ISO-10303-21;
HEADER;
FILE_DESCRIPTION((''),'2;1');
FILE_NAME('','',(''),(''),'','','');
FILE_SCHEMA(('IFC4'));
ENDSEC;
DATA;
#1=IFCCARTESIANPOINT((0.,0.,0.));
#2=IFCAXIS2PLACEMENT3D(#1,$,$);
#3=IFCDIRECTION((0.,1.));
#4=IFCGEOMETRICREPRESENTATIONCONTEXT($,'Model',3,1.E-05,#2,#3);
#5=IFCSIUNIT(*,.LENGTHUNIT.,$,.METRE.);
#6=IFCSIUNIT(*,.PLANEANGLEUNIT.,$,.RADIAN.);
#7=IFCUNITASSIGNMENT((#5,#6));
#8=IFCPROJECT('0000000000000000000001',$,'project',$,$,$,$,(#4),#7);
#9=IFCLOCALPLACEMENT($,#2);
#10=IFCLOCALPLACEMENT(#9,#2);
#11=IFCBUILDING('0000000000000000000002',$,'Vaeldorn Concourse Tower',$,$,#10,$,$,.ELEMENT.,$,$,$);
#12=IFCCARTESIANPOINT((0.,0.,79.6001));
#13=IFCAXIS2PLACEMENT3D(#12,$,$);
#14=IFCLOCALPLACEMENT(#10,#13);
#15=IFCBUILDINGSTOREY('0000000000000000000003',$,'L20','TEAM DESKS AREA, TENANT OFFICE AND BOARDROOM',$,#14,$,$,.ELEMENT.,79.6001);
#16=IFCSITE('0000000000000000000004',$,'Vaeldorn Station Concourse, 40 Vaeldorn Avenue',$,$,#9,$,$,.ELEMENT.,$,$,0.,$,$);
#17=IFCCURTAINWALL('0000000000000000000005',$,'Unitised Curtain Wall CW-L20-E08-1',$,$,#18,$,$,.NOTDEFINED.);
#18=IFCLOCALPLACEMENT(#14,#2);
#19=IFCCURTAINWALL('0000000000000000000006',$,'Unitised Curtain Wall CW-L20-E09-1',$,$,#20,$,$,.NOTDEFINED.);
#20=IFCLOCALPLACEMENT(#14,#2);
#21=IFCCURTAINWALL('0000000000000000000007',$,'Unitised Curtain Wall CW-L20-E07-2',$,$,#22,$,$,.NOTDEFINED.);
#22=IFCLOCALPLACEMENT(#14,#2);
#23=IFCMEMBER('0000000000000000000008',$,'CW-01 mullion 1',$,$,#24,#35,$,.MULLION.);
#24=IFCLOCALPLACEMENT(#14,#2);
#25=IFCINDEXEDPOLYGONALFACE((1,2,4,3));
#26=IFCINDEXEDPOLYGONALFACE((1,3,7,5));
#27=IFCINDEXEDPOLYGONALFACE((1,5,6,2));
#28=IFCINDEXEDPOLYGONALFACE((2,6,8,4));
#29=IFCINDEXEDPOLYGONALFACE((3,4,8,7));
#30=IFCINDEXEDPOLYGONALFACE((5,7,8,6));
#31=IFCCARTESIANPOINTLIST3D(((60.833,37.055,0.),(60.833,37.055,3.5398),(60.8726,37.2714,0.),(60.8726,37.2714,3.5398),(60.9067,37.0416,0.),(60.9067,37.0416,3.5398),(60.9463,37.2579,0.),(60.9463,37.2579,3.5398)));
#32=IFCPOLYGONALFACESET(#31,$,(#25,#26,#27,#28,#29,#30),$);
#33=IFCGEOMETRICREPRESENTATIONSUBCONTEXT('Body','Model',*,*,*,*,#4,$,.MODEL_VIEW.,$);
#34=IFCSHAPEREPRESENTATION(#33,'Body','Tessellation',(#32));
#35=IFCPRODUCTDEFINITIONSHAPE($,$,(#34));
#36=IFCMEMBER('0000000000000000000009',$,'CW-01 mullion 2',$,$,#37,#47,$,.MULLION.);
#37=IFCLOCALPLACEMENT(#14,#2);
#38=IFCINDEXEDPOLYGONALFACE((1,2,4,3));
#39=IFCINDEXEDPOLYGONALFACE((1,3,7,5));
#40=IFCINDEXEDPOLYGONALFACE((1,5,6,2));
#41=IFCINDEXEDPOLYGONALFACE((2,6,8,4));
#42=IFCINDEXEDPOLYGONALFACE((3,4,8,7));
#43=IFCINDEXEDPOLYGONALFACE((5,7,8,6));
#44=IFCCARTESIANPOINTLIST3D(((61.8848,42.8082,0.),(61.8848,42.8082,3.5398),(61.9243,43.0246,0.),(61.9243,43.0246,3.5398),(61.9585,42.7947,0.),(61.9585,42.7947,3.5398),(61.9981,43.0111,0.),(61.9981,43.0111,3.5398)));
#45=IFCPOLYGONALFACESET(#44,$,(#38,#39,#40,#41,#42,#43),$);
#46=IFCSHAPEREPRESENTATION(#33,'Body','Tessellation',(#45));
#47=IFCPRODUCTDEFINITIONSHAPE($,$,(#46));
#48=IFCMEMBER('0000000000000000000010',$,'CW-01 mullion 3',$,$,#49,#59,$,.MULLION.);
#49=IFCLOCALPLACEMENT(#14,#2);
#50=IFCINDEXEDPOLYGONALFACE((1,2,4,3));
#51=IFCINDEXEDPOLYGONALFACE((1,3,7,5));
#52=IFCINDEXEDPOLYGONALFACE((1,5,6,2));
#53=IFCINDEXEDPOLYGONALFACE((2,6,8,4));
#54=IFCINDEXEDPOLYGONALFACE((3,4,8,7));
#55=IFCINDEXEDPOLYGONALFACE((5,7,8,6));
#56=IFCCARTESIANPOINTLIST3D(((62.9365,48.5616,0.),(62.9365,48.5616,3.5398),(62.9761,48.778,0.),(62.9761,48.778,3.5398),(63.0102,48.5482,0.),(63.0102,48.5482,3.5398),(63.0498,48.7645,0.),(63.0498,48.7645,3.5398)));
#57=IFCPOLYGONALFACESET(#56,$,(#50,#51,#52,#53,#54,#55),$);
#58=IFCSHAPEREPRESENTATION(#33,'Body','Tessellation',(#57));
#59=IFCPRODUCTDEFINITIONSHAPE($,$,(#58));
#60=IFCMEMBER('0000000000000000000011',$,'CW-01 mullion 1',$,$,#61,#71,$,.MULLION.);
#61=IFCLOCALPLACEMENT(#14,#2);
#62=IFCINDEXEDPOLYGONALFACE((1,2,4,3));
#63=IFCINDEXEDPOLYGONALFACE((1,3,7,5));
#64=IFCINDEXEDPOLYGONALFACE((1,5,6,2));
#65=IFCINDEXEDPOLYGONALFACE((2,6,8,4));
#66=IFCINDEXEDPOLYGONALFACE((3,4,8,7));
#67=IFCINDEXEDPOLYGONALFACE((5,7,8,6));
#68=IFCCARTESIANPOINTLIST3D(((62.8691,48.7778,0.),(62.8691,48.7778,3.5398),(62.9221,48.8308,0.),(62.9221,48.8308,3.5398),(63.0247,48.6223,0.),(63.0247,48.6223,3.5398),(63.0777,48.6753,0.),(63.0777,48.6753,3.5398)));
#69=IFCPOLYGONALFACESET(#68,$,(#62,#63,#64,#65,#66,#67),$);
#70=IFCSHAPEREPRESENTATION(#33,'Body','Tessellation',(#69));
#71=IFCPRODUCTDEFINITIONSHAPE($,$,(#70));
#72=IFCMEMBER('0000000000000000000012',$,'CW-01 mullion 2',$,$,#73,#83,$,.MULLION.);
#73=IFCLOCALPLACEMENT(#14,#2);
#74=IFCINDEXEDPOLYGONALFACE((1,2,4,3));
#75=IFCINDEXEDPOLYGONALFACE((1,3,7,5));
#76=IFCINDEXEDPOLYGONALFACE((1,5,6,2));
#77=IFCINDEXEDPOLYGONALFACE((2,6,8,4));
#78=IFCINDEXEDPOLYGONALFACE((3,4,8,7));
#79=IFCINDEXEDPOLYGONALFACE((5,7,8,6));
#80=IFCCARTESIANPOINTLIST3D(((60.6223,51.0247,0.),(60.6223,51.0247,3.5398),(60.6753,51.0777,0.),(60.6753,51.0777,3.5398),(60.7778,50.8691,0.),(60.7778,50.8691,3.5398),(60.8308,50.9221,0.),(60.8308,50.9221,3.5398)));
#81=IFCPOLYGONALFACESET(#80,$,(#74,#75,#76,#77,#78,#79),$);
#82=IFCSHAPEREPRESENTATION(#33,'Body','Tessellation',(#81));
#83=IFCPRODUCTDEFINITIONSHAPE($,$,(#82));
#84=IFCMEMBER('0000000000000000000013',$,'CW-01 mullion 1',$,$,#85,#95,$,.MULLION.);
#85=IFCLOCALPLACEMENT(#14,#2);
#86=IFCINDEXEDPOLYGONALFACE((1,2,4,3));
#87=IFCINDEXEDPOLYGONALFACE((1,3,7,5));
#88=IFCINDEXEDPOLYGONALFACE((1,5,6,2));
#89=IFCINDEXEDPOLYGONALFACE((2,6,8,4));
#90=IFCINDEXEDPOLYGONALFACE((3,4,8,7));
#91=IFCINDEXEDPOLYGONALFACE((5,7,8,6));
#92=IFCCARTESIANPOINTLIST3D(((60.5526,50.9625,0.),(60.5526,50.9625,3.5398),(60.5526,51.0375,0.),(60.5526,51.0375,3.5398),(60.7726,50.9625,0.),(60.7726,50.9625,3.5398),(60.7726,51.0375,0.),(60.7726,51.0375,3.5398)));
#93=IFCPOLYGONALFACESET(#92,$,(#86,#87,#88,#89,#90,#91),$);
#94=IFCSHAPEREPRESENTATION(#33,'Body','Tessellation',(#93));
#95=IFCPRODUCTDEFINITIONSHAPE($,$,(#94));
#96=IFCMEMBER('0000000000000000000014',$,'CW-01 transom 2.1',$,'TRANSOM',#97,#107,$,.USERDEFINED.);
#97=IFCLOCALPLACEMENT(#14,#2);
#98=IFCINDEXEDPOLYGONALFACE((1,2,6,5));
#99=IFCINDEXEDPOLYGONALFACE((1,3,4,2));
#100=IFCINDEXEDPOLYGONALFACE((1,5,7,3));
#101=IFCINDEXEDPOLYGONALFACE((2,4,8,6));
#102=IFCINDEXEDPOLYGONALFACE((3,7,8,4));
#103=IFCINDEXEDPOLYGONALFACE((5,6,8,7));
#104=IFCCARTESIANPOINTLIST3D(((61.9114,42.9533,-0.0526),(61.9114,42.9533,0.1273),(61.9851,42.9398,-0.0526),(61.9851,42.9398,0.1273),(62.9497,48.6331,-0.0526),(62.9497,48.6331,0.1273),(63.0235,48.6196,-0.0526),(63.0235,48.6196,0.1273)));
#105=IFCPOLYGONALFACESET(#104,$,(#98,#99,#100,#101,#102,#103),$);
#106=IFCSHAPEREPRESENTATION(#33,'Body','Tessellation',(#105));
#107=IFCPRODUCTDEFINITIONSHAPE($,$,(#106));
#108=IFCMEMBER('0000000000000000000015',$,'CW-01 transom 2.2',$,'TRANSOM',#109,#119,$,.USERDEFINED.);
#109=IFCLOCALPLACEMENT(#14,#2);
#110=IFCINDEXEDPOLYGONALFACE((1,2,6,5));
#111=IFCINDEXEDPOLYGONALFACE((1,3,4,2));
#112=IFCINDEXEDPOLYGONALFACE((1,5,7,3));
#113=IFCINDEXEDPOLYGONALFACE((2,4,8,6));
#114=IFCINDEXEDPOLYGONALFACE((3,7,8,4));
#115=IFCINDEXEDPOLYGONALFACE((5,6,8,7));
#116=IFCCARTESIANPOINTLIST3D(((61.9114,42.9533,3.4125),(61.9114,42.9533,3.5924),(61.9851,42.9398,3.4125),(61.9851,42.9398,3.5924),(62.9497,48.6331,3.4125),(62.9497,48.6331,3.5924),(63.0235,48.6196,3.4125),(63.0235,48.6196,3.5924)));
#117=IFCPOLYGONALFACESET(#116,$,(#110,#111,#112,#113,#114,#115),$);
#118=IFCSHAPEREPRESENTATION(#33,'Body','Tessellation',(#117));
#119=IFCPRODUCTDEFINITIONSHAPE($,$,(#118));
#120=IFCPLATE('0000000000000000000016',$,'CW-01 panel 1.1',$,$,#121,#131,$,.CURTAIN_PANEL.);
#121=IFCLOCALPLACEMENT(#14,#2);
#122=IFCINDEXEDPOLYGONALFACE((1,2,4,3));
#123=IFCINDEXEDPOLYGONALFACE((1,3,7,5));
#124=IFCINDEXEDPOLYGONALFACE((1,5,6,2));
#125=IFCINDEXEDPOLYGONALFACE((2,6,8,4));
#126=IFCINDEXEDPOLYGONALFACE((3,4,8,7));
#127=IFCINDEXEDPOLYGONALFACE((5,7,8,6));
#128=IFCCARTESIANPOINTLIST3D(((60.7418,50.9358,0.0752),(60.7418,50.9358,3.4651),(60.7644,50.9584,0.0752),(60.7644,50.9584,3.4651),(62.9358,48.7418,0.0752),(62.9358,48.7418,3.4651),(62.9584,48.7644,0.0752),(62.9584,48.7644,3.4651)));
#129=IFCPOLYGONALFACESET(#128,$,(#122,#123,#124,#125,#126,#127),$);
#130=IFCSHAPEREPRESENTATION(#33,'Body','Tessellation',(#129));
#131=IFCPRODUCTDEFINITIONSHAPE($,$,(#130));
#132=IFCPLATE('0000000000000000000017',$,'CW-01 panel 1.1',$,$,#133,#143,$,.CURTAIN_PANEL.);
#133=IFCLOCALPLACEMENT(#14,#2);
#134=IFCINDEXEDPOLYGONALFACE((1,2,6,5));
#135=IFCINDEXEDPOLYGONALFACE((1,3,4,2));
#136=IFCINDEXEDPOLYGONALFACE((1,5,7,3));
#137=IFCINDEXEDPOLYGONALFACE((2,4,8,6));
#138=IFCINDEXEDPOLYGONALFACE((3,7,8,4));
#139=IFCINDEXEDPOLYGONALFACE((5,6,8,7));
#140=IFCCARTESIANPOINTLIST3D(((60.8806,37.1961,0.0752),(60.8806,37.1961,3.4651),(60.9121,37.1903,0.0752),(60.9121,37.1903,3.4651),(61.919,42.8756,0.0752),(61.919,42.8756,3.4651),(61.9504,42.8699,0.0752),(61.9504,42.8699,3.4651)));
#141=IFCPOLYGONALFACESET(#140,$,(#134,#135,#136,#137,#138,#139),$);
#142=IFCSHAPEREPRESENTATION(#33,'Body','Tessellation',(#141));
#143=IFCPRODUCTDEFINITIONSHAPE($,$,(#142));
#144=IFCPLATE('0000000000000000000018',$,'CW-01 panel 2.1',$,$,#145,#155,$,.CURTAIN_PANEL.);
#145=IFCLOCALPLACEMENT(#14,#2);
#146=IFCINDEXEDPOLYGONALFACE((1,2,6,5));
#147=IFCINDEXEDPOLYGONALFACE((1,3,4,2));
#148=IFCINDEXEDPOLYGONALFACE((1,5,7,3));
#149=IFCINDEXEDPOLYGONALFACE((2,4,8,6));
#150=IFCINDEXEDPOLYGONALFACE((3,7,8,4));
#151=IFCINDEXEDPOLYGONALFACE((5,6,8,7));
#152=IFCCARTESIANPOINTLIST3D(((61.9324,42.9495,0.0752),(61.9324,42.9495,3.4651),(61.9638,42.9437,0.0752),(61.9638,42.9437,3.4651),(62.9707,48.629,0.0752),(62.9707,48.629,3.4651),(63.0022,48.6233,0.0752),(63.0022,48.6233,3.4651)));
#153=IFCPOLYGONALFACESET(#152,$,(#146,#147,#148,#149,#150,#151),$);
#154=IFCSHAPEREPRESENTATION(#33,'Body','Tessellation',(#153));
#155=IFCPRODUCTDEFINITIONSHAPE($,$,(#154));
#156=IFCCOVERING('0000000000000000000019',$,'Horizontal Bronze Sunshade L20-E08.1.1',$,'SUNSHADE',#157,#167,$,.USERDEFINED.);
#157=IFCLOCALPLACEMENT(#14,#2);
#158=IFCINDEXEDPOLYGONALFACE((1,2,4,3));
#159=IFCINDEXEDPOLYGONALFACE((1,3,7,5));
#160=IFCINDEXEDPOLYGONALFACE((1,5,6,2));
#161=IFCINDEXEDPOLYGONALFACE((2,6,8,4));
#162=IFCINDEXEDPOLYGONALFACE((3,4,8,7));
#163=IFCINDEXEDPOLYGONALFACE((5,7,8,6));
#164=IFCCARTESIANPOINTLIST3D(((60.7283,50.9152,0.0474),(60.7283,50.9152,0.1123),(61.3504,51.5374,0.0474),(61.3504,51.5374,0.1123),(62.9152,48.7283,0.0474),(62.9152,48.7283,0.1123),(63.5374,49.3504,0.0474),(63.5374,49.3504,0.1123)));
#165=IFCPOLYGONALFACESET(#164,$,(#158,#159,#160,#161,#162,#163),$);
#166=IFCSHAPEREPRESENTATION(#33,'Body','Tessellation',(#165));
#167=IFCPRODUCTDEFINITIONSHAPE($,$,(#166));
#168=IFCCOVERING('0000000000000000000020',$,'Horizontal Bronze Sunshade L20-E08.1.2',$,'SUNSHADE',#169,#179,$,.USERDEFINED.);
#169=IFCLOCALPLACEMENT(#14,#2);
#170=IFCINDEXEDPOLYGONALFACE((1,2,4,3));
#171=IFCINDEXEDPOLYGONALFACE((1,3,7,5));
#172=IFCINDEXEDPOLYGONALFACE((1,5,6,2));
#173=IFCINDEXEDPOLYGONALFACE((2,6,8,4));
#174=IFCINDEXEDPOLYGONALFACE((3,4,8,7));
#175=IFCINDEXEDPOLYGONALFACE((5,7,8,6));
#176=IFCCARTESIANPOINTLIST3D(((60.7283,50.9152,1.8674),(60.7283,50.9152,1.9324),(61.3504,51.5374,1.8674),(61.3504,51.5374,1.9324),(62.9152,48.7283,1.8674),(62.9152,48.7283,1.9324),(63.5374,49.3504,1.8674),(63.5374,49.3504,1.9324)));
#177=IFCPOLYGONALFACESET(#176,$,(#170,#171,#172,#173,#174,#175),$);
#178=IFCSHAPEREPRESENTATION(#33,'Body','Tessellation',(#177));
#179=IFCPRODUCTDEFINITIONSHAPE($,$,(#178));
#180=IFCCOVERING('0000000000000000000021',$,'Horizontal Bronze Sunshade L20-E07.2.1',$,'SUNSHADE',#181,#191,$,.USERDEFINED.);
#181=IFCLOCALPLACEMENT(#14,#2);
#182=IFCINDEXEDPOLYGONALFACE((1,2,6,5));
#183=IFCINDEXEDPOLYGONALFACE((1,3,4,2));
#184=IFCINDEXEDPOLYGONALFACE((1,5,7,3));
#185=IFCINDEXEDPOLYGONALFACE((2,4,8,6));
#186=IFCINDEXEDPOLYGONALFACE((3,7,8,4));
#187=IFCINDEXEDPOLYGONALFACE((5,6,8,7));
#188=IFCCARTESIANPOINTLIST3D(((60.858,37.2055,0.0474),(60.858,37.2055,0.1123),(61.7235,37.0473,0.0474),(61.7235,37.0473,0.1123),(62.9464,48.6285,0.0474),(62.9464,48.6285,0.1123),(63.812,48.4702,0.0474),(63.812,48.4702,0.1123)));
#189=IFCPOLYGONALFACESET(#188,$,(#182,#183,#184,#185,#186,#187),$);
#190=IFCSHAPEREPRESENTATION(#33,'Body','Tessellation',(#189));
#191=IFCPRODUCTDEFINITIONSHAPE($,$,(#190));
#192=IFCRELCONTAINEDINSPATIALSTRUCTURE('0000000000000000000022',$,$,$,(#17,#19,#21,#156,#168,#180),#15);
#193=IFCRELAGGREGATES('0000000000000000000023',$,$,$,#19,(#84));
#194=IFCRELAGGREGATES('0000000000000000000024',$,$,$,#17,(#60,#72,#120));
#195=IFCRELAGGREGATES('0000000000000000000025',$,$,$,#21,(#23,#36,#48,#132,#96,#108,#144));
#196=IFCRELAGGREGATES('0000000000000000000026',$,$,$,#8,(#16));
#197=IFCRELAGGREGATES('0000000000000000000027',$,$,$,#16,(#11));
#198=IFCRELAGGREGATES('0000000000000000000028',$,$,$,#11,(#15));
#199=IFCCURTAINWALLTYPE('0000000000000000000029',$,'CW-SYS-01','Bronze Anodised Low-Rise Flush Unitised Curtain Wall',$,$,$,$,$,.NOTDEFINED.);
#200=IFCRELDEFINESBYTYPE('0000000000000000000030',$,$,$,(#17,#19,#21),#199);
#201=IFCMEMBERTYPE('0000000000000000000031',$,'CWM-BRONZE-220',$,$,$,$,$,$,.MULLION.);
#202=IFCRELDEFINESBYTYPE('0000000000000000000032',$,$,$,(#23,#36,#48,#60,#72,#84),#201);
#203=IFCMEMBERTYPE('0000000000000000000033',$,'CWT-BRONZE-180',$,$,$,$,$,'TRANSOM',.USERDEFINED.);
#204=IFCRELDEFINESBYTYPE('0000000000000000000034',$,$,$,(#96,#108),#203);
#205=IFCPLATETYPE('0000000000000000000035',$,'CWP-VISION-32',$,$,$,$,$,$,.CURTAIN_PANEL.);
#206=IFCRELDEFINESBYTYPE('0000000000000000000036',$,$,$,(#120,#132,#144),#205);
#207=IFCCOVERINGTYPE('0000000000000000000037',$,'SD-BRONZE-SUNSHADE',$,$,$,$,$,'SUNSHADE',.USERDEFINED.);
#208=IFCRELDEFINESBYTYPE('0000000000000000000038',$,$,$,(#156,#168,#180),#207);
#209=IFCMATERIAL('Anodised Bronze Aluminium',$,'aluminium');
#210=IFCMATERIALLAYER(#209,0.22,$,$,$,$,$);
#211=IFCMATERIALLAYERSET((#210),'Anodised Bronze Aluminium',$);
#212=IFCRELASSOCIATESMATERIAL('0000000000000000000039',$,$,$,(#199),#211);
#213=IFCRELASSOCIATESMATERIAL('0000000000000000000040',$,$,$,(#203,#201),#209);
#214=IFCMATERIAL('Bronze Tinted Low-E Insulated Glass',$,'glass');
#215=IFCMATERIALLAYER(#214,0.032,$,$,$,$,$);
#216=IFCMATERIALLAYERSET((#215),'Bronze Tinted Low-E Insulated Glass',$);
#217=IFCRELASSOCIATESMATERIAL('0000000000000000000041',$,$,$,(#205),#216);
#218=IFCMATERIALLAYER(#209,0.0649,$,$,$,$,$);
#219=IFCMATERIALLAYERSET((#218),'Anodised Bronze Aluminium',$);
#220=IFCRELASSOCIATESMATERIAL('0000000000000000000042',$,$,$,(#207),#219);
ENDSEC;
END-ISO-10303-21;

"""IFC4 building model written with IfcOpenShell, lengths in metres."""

from ifc_helpers import new_model, si_unit, direction, frame, origin, origin_2d, place, context, subcontext, project, spatial, rectangle, extrude, source, transform, mapped, material, layer, layer_set, material_profile, profile_set, type_object, element, aggregate, save


model = new_model("IFC4")

# Units and contexts
model_context = context("Model", 3, precision=1e-05, world=origin(), true_north=direction((0.0, 1.0)))
body_context = subcontext(model_context, "Body", "Model", "MODEL_VIEW")
ifc_project = project(units=[si_unit("LENGTHUNIT", "METRE"), si_unit("PLANEANGLEUNIT", "RADIAN")], contexts=[model_context])

# Site, building, storey
site_placement = place(None, origin())
site = spatial("IfcSite", under=ifc_project, at=site_placement, Name="Vaeldorn Station Concourse, 40 Vaeldorn Avenue", CompositionType="ELEMENT", RefElevation=0.0)
building_placement = place(site_placement, origin())
building = spatial("IfcBuilding", under=site, at=building_placement, Name="Vaeldorn Concourse Tower", CompositionType="ELEMENT")
storey_placement = place(building_placement, frame((0.0, 0.0, 79.6001)))
storey = spatial("IfcBuildingStorey", under=building, at=storey_placement, Name="L20", Description="TEAM DESKS AREA, TENANT OFFICE AND BOARDROOM", CompositionType="ELEMENT", Elevation=79.6001)

# Curtain walls, members
ifc_material_1 = material(Name="Anodised Bronze Aluminium", Category="aluminium")
ifc_layer_1 = layer(ifc_material_1, 0.22)
ifc_layer_set_1 = layer_set([ifc_layer_1], Name="Anodised Bronze Aluminium")
curtain_wall_type = type_object("IfcCurtainWallType", Name="CW-SYS-01", Description="Bronze Anodised Low-Rise Flush Unitised Curtain Wall", PredefinedType="NOTDEFINED", material=ifc_layer_set_1)
curtain_wall_1_placement = place(storey_placement, origin())
curtain_wall_1 = element("IfcCurtainWall", 1, at=curtain_wall_1_placement, inside=storey, type_object=curtain_wall_type, Name="Unitised Curtain Wall CW-L20-E08-1", PredefinedType="NOTDEFINED")
ifc_material_profile_1 = material_profile(ifc_material_1, rectangle(XDim=0.075, YDim=0.1799, at=origin_2d()), Name="CWT 75x180")
ifc_profile_set_1 = profile_set([ifc_material_profile_1], Name="Anodised Bronze Aluminium")
member_type_1 = type_object("IfcMemberType", Name="CWT-BRONZE-180", ElementType="TRANSOM", PredefinedType="USERDEFINED", material=ifc_profile_set_1)
curtain_wall_2_placement = place(storey_placement, origin())
curtain_wall_2 = element("IfcCurtainWall", 2, at=curtain_wall_2_placement, inside=storey, type_object=curtain_wall_type, Name="Unitised Curtain Wall CW-L20-E09-1", PredefinedType="NOTDEFINED")
curtain_wall_3_placement = place(storey_placement, origin())
curtain_wall_3 = element("IfcCurtainWall", 3, at=curtain_wall_3_placement, inside=storey, type_object=curtain_wall_type, Name="Unitised Curtain Wall CW-L20-E07-2", PredefinedType="NOTDEFINED")
ifc_material_profile_2 = material_profile(ifc_material_1, rectangle(XDim=0.075, YDim=0.22, at=origin_2d()), Name="CWM 75x220")
ifc_profile_set_2 = profile_set([ifc_material_profile_2], Name="Anodised Bronze Aluminium")
member_type_2 = type_object("IfcMemberType", Name="CWM-BRONZE-220", PredefinedType="MULLION", material=ifc_profile_set_2)
shared_shape_1 = source(origin(), body_context, "Body", "SweptSolid", [
    extrude(rectangle(XDim=0.075, YDim=0.22, at=origin_2d()), origin(), (0.0, 0.0, 1.0), 3.5398),
])
member_1_placement = place(storey_placement, frame((60.8896, 37.1565, 0.0), z_axis=(0.0, 0.0, 1.0), x_axis=(-0.983695, 0.179844, 0.0)))
member_1 = element("IfcMember", 4, at=member_1_placement, type_object=member_type_2, Name="CW-01 mullion 1", PredefinedType="MULLION", context=body_context, shape_type="MappedRepresentation", body=[
    mapped(shared_shape_1, transform((0.0, 0.0, 0.0), scale=1.0)),
])
member_2_placement = place(storey_placement, frame((61.9414, 42.9097, 0.0), z_axis=(0.0, 0.0, 1.0), x_axis=(-0.983695, 0.179844, 0.0)))
member_2 = element("IfcMember", 5, at=member_2_placement, type_object=member_type_2, Name="CW-01 mullion 2", PredefinedType="MULLION", context=body_context, shape_type="MappedRepresentation", body=[
    mapped(shared_shape_1, transform((0.0, 0.0, 0.0), scale=1.0)),
])
member_3_placement = place(storey_placement, frame((62.9932, 48.6631, 0.0), z_axis=(0.0, 0.0, 1.0), x_axis=(-0.983695, 0.179844, 0.0)))
member_3 = element("IfcMember", 6, at=member_3_placement, type_object=member_type_2, Name="CW-01 mullion 3", PredefinedType="MULLION", context=body_context, shape_type="MappedRepresentation", body=[
    mapped(shared_shape_1, transform((0.0, 0.0, 0.0), scale=1.0)),
])

# Members
member_4_placement = place(storey_placement, frame((62.9734, 48.7266, 0.0), z_axis=(0.0, 0.0, 1.0), x_axis=(-0.707107, -0.707107, 0.0)))
member_4 = element("IfcMember", 7, at=member_4_placement, type_object=member_type_2, Name="CW-01 mullion 1", PredefinedType="MULLION", context=body_context, shape_type="MappedRepresentation", body=[
    mapped(shared_shape_1, transform((0.0, 0.0, 0.0), scale=1.0)),
])
member_5_placement = place(storey_placement, frame((60.7266, 50.9734, 0.0), z_axis=(0.0, 0.0, 1.0), x_axis=(-0.707107, -0.707107, 0.0)))
member_5 = element("IfcMember", 8, at=member_5_placement, type_object=member_type_2, Name="CW-01 mullion 2", PredefinedType="MULLION", context=body_context, shape_type="MappedRepresentation", body=[
    mapped(shared_shape_1, transform((0.0, 0.0, 0.0), scale=1.0)),
])
member_6_placement = place(storey_placement, frame((60.6626, 51.0, 0.0), z_axis=(0.0, 0.0, 1.0), x_axis=(0.0, -1.0, 0.0)))
member_6 = element("IfcMember", 9, at=member_6_placement, type_object=member_type_2, Name="CW-01 mullion 1", PredefinedType="MULLION", context=body_context, shape_type="MappedRepresentation", body=[
    mapped(shared_shape_1, transform((0.0, 0.0, 0.0), scale=1.0)),
])
aggregate(curtain_wall_2, [member_6])
shared_shape_2 = source(origin(), body_context, "Body", "SweptSolid", [
    extrude(rectangle(XDim=0.075, YDim=0.1799, at=origin_2d()), origin(), (0.0, 0.0, 1.0), 5.7739),
])
member_7_placement = place(storey_placement, frame((61.9482, 42.9465, 0.0374), z_axis=(0.179834, 0.983697, 0.0), x_axis=(-0.983697, 0.179834, 0.0)))
member_7 = element("IfcMember", 10, at=member_7_placement, type_object=member_type_1, Name="CW-01 transom 2.1", ObjectType="TRANSOM", PredefinedType="USERDEFINED", context=body_context, shape_type="MappedRepresentation", body=[
    mapped(shared_shape_2, transform((0.0, 0.0, 0.0), scale=1.0)),
])
member_8_placement = place(storey_placement, frame((61.9482, 42.9465, 3.5024), z_axis=(0.179834, 0.983697, 0.0), x_axis=(-0.983697, 0.179834, 0.0)))
member_8 = element("IfcMember", 11, at=member_8_placement, type_object=member_type_1, Name="CW-01 transom 2.2", ObjectType="TRANSOM", PredefinedType="USERDEFINED", context=body_context, shape_type="MappedRepresentation", body=[
    mapped(shared_shape_2, transform((0.0, 0.0, 0.0), scale=1.0)),
])

# Plates
ifc_material_2 = material(Name="Bronze Tinted Low-E Insulated Glass", Category="glass")
ifc_layer_2 = layer(ifc_material_2, 0.032)
ifc_layer_set_2 = layer_set([ifc_layer_2], Name="Bronze Tinted Low-E Insulated Glass")
plate_type = type_object("IfcPlateType", Name="CWP-VISION-32", PredefinedType="CURTAIN_PANEL", material=ifc_layer_set_2)
shared_shape_3 = source(origin(), body_context, "Body", "SweptSolid", [
    extrude(rectangle(XDim=3.1028, YDim=0.032, at=origin_2d()), origin(), (0.0, 0.0, 1.0), 3.3899),
])
plate_1_placement = place(storey_placement, frame((61.8501, 49.8501, 0.0752), z_axis=(0.0, 0.0, 1.0), x_axis=(-0.707107, 0.707107, 0.0)))
plate_1 = element("IfcPlate", 12, at=plate_1_placement, type_object=plate_type, Name="CW-01 panel 1.1", PredefinedType="CURTAIN_PANEL", context=body_context, shape_type="MappedRepresentation", body=[
    mapped(shared_shape_3, transform((0.0, 0.0, 0.0), scale=1.0)),
])
aggregate(curtain_wall_1, [member_4, member_5, plate_1])
shared_shape_4 = source(origin(), body_context, "Body", "SweptSolid", [
    extrude(rectangle(XDim=5.7737, YDim=0.032, at=origin_2d()), origin(), (0.0, 0.0, 1.0), 3.3899),
])
plate_2_placement = place(storey_placement, frame((61.4155, 40.033, 0.0752), z_axis=(0.0, 0.0, 1.0), x_axis=(0.179844, 0.983695, 0.0)))
plate_2 = element("IfcPlate", 13, at=plate_2_placement, type_object=plate_type, Name="CW-01 panel 1.1", PredefinedType="CURTAIN_PANEL", context=body_context, shape_type="MappedRepresentation", body=[
    mapped(shared_shape_4, transform((0.0, 0.0, 0.0), scale=1.0)),
])
plate_3_placement = place(storey_placement, frame((62.4673, 45.7864, 0.0752), z_axis=(0.0, 0.0, 1.0), x_axis=(0.179844, 0.983695, 0.0)))
plate_3 = element("IfcPlate", 14, at=plate_3_placement, type_object=plate_type, Name="CW-01 panel 2.1", PredefinedType="CURTAIN_PANEL", context=body_context, shape_type="MappedRepresentation", body=[
    mapped(shared_shape_4, transform((0.0, 0.0, 0.0), scale=1.0)),
])
aggregate(curtain_wall_3, [member_1, member_2, member_3, plate_2, member_7, member_8, plate_3])

# Coverings
ifc_layer_3 = layer(ifc_material_1, 0.0649)
ifc_layer_set_3 = layer_set([ifc_layer_3], Name="Anodised Bronze Aluminium")
covering_type = type_object("IfcCoveringType", Name="SD-BRONZE-SUNSHADE", ElementType="SUNSHADE", PredefinedType="USERDEFINED", material=ifc_layer_set_3)
shared_shape_5 = source(origin(), body_context, "Body", "SweptSolid", [
    extrude(rectangle(XDim=3.0928, YDim=0.8799, at=origin_2d()), origin(), (0.0, 0.0, 1.0), 0.0649),
])
for number, where, z_axis, x_axis, name in (
    (15, (62.1328, 50.1328, 0.0474), (0.0, 0.0, 1.0), (-0.707107, 0.707107, 0.0), "Horizontal Bronze Sunshade L20-E08.1.1"),
    (16, (62.1328, 50.1328, 1.8674), (0.0, 0.0, 1.0), (-0.707107, 0.707107, 0.0), "Horizontal Bronze Sunshade L20-E08.1.2"),
):
    element("IfcCovering", number, at=place(storey_placement, frame(where, z_axis=z_axis, x_axis=x_axis)), inside=storey, type_object=covering_type, Name=name, ObjectType="SUNSHADE", PredefinedType="USERDEFINED", context=body_context, shape_type="MappedRepresentation", body=[
        mapped(shared_shape_5, transform((0.0, 0.0, 0.0), scale=1.0)),
    ])
shared_shape_6 = source(origin(), body_context, "Body", "SweptSolid", [
    extrude(rectangle(XDim=11.6123, YDim=0.8799, at=origin_2d()), origin(), (0.0, 0.0, 1.0), 0.0649),
])
for number, where, z_axis, x_axis, name in (
    (17, (62.335, 42.8379, 0.0474), (0.0, 0.0, 1.0), (0.17985, 0.983694, 0.0), "Horizontal Bronze Sunshade L20-E07.2.1"),
):
    element("IfcCovering", number, at=place(storey_placement, frame(where, z_axis=z_axis, x_axis=x_axis)), inside=storey, type_object=covering_type, Name=name, ObjectType="SUNSHADE", PredefinedType="USERDEFINED", context=body_context, shape_type="MappedRepresentation", body=[
        mapped(shared_shape_6, transform((0.0, 0.0, 0.0), scale=1.0)),
    ])

save(model, "model.ifc")
